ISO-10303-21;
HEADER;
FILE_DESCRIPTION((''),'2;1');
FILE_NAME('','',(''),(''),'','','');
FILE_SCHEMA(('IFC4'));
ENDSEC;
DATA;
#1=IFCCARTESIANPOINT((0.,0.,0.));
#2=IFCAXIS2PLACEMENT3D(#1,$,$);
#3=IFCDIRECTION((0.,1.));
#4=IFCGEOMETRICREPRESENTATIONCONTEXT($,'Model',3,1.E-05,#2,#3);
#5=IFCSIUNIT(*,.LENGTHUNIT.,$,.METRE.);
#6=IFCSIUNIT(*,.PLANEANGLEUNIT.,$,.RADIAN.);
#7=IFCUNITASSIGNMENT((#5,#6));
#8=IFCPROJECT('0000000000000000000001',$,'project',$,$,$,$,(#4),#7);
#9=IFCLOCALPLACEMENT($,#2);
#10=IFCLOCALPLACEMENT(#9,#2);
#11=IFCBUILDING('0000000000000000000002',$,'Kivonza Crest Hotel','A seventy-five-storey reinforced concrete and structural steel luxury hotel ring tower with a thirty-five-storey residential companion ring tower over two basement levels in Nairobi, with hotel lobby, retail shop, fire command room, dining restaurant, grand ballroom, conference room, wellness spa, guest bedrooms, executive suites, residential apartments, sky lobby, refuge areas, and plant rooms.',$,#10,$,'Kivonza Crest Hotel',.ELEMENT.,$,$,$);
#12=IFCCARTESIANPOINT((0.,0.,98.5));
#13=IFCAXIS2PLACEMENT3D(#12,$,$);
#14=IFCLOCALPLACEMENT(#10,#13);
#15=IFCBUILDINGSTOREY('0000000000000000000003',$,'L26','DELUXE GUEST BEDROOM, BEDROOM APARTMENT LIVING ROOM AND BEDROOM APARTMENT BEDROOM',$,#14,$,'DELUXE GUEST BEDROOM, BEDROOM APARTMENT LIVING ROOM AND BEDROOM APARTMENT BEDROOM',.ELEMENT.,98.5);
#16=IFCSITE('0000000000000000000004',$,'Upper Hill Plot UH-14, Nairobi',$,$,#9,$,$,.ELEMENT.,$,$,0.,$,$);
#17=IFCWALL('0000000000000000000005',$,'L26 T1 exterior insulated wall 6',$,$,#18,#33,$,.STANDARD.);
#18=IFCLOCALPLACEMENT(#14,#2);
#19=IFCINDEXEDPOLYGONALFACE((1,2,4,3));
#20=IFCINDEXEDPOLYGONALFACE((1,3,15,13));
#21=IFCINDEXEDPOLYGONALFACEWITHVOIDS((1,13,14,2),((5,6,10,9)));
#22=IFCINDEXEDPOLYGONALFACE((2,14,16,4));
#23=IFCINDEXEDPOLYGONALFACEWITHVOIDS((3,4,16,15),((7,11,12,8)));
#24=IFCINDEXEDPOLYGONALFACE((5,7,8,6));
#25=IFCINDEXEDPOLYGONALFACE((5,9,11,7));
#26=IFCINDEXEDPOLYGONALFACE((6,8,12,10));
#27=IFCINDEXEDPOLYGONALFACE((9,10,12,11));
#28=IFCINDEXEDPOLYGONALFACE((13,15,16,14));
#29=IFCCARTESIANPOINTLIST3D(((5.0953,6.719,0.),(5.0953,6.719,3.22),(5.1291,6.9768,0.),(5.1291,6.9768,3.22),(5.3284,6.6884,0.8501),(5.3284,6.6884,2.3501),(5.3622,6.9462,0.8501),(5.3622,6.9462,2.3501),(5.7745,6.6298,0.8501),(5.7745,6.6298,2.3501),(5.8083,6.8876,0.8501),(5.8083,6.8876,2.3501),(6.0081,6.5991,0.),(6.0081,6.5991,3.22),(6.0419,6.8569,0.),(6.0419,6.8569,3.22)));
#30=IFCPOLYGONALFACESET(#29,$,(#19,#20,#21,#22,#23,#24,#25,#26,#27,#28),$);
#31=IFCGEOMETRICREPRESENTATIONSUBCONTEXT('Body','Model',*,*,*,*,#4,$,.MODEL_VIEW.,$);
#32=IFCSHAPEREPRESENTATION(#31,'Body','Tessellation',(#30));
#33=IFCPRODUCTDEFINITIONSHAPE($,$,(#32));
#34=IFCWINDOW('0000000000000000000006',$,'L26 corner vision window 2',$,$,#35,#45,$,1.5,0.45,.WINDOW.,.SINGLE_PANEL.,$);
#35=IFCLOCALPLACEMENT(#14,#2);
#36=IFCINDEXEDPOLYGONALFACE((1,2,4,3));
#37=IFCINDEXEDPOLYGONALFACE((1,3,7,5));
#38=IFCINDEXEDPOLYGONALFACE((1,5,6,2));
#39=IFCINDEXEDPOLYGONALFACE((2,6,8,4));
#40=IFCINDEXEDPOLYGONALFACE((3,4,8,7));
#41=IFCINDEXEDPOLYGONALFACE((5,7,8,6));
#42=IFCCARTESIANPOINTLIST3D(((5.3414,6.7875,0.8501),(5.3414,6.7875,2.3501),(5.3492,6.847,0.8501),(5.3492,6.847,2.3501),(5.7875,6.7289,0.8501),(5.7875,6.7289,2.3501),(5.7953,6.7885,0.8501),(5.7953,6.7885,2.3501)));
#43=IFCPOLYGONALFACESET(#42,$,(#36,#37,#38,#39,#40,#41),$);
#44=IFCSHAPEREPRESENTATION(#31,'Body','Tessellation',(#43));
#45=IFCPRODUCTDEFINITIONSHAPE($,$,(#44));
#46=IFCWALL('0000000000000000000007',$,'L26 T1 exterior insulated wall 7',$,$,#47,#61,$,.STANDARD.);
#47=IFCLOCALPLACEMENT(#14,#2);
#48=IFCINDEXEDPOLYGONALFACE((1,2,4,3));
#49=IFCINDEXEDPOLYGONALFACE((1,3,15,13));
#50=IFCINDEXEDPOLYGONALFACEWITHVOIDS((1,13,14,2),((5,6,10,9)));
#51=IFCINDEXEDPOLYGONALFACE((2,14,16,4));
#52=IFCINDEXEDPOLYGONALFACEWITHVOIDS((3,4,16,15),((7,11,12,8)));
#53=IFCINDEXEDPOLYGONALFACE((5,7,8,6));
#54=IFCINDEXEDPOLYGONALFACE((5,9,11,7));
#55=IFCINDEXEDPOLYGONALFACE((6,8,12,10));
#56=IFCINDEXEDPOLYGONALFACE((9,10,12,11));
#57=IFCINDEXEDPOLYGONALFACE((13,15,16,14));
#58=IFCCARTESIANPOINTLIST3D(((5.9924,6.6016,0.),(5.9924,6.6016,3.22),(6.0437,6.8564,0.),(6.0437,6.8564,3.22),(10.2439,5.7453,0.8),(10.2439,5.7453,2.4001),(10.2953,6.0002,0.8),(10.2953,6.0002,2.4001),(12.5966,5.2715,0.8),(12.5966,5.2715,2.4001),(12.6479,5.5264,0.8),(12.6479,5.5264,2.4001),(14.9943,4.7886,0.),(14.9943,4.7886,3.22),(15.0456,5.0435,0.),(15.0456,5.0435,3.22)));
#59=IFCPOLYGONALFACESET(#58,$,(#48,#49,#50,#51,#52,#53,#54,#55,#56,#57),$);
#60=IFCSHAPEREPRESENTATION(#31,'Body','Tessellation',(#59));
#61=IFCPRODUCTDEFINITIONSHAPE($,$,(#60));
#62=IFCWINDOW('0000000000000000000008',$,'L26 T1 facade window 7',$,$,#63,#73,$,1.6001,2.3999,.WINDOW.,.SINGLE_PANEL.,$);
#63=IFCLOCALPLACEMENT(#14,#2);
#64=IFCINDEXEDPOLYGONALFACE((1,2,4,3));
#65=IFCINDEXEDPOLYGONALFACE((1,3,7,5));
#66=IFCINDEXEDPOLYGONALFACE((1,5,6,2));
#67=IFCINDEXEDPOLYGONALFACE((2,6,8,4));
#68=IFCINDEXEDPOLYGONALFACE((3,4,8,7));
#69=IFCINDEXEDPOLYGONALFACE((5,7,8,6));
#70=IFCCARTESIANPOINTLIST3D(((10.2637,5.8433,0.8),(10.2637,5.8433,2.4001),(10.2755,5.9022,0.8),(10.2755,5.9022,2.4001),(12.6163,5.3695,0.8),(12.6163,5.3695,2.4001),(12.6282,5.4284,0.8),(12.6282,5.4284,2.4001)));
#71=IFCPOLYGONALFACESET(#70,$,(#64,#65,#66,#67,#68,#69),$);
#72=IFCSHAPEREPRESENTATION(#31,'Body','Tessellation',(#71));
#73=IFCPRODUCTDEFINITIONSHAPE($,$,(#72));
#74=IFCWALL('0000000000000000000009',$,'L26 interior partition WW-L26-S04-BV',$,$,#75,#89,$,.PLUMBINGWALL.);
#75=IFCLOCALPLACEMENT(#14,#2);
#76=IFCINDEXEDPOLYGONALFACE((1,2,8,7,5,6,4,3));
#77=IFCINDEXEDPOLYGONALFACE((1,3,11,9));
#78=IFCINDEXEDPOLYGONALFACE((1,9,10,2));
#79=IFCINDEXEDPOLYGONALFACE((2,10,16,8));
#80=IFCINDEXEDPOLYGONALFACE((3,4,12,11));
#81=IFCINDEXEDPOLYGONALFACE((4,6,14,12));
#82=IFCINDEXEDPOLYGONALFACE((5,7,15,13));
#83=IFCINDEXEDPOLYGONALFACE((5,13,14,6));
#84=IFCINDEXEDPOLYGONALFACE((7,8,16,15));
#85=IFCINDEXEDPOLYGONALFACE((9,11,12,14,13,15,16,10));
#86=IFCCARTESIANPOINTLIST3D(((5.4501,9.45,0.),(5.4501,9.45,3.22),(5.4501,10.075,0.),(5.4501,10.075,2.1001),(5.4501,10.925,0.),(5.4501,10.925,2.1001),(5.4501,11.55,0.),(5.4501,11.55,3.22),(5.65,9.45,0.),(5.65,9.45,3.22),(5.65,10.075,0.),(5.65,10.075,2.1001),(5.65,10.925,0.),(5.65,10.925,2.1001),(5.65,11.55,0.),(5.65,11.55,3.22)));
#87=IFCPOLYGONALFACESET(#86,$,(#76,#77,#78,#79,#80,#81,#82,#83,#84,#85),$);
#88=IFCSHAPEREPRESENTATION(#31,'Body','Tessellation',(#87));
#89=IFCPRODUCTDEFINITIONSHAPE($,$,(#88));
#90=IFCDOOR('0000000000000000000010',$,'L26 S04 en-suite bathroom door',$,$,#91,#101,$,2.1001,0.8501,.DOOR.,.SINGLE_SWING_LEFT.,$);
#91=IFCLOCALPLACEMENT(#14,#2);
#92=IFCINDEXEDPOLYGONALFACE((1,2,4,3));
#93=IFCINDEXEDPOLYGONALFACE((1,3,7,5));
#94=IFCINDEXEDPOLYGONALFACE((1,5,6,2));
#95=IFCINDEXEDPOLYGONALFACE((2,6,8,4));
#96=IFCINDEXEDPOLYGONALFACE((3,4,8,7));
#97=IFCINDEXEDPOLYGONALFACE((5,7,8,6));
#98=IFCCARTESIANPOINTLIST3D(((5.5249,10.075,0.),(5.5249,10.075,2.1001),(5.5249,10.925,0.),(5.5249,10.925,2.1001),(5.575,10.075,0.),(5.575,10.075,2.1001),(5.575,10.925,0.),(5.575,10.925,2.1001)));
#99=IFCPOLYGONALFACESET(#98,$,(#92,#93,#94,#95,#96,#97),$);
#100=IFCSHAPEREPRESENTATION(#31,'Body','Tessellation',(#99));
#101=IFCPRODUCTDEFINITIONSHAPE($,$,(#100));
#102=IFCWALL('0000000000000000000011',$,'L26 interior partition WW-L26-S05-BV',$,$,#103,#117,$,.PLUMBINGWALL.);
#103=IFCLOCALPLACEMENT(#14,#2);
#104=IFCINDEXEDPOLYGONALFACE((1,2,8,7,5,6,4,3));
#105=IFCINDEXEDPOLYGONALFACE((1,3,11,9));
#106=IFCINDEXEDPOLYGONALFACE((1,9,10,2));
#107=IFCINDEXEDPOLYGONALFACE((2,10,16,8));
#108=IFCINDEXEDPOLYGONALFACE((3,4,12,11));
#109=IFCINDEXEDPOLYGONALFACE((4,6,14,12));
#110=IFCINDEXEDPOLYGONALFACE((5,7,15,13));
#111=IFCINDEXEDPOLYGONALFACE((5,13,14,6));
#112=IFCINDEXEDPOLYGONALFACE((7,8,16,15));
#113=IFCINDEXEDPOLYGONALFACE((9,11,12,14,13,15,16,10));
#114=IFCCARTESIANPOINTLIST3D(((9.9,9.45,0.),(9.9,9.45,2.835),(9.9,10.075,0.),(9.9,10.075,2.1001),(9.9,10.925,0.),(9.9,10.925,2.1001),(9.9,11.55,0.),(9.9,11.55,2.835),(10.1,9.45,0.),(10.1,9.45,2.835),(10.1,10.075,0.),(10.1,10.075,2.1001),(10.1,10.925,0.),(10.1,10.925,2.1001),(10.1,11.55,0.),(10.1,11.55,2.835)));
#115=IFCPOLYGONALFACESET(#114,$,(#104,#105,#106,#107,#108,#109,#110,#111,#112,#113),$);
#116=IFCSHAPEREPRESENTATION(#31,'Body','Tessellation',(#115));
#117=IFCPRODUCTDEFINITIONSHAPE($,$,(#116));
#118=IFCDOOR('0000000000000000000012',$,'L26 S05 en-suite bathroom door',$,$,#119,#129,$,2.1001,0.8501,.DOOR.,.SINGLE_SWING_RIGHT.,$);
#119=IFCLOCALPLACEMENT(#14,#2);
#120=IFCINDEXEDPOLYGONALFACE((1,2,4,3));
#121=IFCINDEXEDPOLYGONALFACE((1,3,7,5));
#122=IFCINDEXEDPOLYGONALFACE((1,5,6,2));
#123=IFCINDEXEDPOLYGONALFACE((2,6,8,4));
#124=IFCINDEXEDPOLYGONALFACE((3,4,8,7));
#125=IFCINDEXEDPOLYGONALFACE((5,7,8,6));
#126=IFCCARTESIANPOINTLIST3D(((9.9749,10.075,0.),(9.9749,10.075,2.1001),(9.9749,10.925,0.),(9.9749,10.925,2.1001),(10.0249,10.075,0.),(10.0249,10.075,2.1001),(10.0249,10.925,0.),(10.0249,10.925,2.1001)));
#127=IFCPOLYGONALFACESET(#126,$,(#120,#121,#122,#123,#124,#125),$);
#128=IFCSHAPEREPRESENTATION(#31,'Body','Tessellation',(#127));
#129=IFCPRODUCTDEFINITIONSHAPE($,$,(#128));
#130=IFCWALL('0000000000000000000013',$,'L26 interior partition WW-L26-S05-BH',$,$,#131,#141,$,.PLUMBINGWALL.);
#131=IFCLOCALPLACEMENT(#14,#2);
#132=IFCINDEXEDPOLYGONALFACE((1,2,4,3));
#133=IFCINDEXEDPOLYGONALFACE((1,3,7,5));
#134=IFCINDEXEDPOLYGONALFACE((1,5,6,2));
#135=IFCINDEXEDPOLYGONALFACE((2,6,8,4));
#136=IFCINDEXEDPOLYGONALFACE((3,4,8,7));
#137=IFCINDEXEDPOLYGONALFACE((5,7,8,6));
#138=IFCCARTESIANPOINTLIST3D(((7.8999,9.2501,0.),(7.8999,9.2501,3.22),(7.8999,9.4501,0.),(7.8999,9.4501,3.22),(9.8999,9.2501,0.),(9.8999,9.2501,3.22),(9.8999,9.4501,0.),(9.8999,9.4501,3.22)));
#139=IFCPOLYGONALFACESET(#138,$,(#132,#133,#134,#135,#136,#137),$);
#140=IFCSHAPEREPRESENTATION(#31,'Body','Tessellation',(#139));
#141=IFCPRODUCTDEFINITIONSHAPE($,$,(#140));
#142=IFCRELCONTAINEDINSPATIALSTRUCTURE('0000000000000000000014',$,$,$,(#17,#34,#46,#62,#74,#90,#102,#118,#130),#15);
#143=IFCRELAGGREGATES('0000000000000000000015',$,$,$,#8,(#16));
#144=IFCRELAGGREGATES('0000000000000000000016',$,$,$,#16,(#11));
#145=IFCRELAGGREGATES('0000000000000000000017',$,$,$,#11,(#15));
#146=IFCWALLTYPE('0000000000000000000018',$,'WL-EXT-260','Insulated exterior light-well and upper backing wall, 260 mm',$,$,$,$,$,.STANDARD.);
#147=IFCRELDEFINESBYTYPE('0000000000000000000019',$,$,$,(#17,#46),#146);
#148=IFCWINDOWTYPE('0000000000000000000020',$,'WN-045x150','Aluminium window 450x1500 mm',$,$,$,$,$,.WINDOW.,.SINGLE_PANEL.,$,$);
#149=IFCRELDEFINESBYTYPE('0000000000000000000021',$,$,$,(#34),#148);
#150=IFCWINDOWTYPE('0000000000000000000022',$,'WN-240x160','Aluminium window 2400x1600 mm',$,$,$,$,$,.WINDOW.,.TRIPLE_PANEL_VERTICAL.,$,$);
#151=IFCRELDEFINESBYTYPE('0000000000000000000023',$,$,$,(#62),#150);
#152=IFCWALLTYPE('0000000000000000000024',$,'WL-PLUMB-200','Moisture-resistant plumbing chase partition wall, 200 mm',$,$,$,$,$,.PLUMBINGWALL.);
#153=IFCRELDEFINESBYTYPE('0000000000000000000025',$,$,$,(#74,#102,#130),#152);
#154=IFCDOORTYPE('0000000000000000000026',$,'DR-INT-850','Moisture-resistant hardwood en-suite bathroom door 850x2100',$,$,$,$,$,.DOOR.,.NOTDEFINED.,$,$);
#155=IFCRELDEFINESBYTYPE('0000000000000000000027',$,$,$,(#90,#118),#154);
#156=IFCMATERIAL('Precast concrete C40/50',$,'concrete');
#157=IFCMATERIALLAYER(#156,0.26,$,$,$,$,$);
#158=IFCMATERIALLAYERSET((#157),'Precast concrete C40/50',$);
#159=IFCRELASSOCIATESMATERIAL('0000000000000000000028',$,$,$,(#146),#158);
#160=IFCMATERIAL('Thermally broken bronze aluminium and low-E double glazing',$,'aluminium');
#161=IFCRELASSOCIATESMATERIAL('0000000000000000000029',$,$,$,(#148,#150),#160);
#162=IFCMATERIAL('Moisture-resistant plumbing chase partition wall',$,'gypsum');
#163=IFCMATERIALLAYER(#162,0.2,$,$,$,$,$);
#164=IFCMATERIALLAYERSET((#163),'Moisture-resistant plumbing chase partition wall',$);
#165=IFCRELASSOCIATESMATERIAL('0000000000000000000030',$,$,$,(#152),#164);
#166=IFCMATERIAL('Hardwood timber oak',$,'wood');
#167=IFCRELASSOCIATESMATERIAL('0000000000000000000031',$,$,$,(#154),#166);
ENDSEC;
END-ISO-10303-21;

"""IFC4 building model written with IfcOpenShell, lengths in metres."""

from ifc_helpers import new_model, si_unit, direction, frame, frame_2d, origin, place, context, subcontext, project, spatial, rectangle, extrude, material, layer, layer_set, type_object, element, fill, save


model = new_model("IFC4")

# Units and contexts
model_context = context("Model", 3, precision=1e-05, world=origin(), true_north=direction((0.0, 1.0)))
body_context = subcontext(model_context, "Body", "Model", "MODEL_VIEW")
ifc_project = project(units=[si_unit("LENGTHUNIT", "METRE"), si_unit("PLANEANGLEUNIT", "RADIAN")], contexts=[model_context])

# Site, building, storey
site_placement = place(None, origin())
site = spatial("IfcSite", under=ifc_project, at=site_placement, Name="Upper Hill Plot UH-14, Nairobi", CompositionType="ELEMENT", RefElevation=0.0)
building_placement = place(site_placement, origin())
building = spatial("IfcBuilding", under=site, at=building_placement, Name="Kivonza Crest Hotel", Description="A seventy-five-storey reinforced concrete and structural steel luxury hotel ring tower with a thirty-five-storey residential companion ring tower over two basement levels in Nairobi, with hotel lobby, retail shop, fire command room, dining restaurant, grand ballroom, conference room, wellness spa, guest bedrooms, executive suites, residential apartments, sky lobby, refuge areas, and plant rooms.", LongName="Kivonza Crest Hotel", CompositionType="ELEMENT")
storey_placement = place(building_placement, frame((0.0, 0.0, 98.5)))
storey = spatial("IfcBuildingStorey", under=building, at=storey_placement, Name="L26", Description="DELUXE GUEST BEDROOM, BEDROOM APARTMENT LIVING ROOM AND BEDROOM APARTMENT BEDROOM", LongName="DELUXE GUEST BEDROOM, BEDROOM APARTMENT LIVING ROOM AND BEDROOM APARTMENT BEDROOM", CompositionType="ELEMENT", Elevation=98.5)

# Shared definitions
ifc_material_1 = material(Name="Hardwood timber oak", Category="wood")

# Walls, openings, windows
ifc_material_2 = material(Name="Precast concrete C40/50", Category="concrete")
ifc_layer_1 = layer(ifc_material_2, 0.26)
ifc_layer_set_1 = layer_set([ifc_layer_1], Name="Precast concrete C40/50")
wall_type_1 = type_object("IfcWallType", Name="WL-EXT-260", Description="Insulated exterior light-well and upper backing wall, 260 mm", PredefinedType="STANDARD", material=ifc_layer_set_1)
wall_1_placement = place(storey_placement, frame((5.1121, 6.8479, 0.0), z_axis=(0.0, 0.0, 1.0), x_axis=(0.991488, -0.130201, 0.0)))
wall_1 = element("IfcWall", 1, at=wall_1_placement, inside=storey, type_object=wall_type_1, Name="L26 T1 exterior insulated wall 6", PredefinedType="STANDARD", context=body_context, shape_type="SweptSolid", body=[
    extrude(rectangle(XDim=0.9207, YDim=0.26, at=frame_2d((0.4604, 0.0))), origin(), (0.0, 0.0, 1.0), 3.22),
])
opening_1_placement = place(wall_1_placement, frame((0.2351, 0.0, 0.8501)))
opening_1 = element("IfcOpeningElement", 2, at=opening_1_placement, cuts=wall_1, PredefinedType="OPENING", context=body_context, shape_type="SweptSolid", body=[
    extrude(rectangle(XDim=0.45, YDim=1.5, at=frame_2d((0.2251, 0.75))), frame((0.0, 0.1401, 0.0), z_axis=(0.0, -1.0, 0.0), x_axis=(1.0, 0.0, 0.0)), (0.0, 0.0, 1.0), 0.28),
])
ifc_material_3 = material(Name="Thermally broken bronze aluminium and low-E double glazing", Category="aluminium")
window_type_1 = type_object("IfcWindowType", Name="WN-045x150", Description="Aluminium window 450x1500 mm", PartitioningType="SINGLE_PANEL", PredefinedType="WINDOW", material=ifc_material_3)
window_1_placement = place(opening_1_placement, origin())
window_1 = element("IfcWindow", 3, at=window_1_placement, inside=storey, type_object=window_type_1, Name="L26 corner vision window 2", OverallHeight=1.5, OverallWidth=0.45, PartitioningType="SINGLE_PANEL", PredefinedType="WINDOW", context=body_context, shape_type="SweptSolid", body=[
    extrude(rectangle(XDim=0.45, YDim=1.5, at=frame_2d((0.2251, 0.75))), frame((0.0, 0.03, 0.0), z_axis=(0.0, -1.0, 0.0), x_axis=(1.0, 0.0, 0.0)), (0.0, 0.0, 1.0), 0.0601),
])
fill(opening_1, window_1)
wall_2_placement = place(storey_placement, frame((6.0181, 6.729, 0.0), z_axis=(0.0, 0.0, 1.0), x_axis=(0.980316, -0.197435, 0.0)))
wall_2 = element("IfcWall", 4, at=wall_2_placement, inside=storey, type_object=wall_type_1, Name="L26 T1 exterior insulated wall 7", PredefinedType="STANDARD", context=body_context, shape_type="SweptSolid", body=[
    extrude(rectangle(XDim=9.1826, YDim=0.26, at=frame_2d((4.5913, 0.0))), origin(), (0.0, 0.0, 1.0), 3.22),
])
opening_2_placement = place(wall_2_placement, frame((4.3369, 0.0, 0.8)))
opening_2 = element("IfcOpeningElement", 5, at=opening_2_placement, cuts=wall_2, PredefinedType="OPENING", context=body_context, shape_type="SweptSolid", body=[
    extrude(rectangle(XDim=2.3999, YDim=1.6001, at=frame_2d((1.2, 0.8))), frame((0.0, 0.1401, 0.0), z_axis=(0.0, -1.0, 0.0), x_axis=(1.0, 0.0, 0.0)), (0.0, 0.0, 1.0), 0.28),
])
window_type_2 = type_object("IfcWindowType", Name="WN-240x160", Description="Aluminium window 2400x1600 mm", PartitioningType="TRIPLE_PANEL_VERTICAL", PredefinedType="WINDOW", material=ifc_material_3)
window_2_placement = place(opening_2_placement, origin())
window_2 = element("IfcWindow", 6, at=window_2_placement, inside=storey, type_object=window_type_2, Name="L26 T1 facade window 7", OverallHeight=1.6001, OverallWidth=2.3999, PartitioningType="SINGLE_PANEL", PredefinedType="WINDOW", context=body_context, shape_type="SweptSolid", body=[
    extrude(rectangle(XDim=2.3999, YDim=1.6001, at=frame_2d((1.2, 0.8))), frame((0.0, 0.03, 0.0), z_axis=(0.0, -1.0, 0.0), x_axis=(1.0, 0.0, 0.0)), (0.0, 0.0, 1.0), 0.0601),
])
fill(opening_2, window_2)

# Walls, openings, doors
ifc_material_4 = material(Name="Moisture-resistant plumbing chase partition wall", Category="gypsum")
ifc_layer_2 = layer(ifc_material_4, 0.2)
ifc_layer_set_2 = layer_set([ifc_layer_2], Name="Moisture-resistant plumbing chase partition wall")
wall_type_2 = type_object("IfcWallType", Name="WL-PLUMB-200", Description="Moisture-resistant plumbing chase partition wall, 200 mm", PredefinedType="PLUMBINGWALL", material=ifc_layer_set_2)
wall_3_placement = place(storey_placement, frame((5.55, 9.45, 0.0), z_axis=(0.0, 0.0, 1.0), x_axis=(0.0, 1.0, 0.0)))
wall_3 = element("IfcWall", 7, at=wall_3_placement, inside=storey, type_object=wall_type_2, Name="L26 interior partition WW-L26-S04-BV", PredefinedType="PLUMBINGWALL", context=body_context, shape_type="SweptSolid", body=[
    extrude(rectangle(XDim=2.1001, YDim=0.2, at=frame_2d((1.05, 0.0))), origin(), (0.0, 0.0, 1.0), 3.22),
])
opening_3_placement = place(wall_3_placement, frame((0.625, 0.0, 0.0)))
opening_3 = element("IfcOpeningElement", 8, at=opening_3_placement, cuts=wall_3, PredefinedType="OPENING", context=body_context, shape_type="SweptSolid", body=[
    extrude(rectangle(XDim=0.8501, YDim=2.1001, at=frame_2d((0.425, 1.05))), frame((0.0, 0.1099, 0.0), z_axis=(0.0, -1.0, 0.0), x_axis=(1.0, 0.0, 0.0)), (0.0, 0.0, 1.0), 0.22),
])
door_type_1 = type_object("IfcDoorType", Name="DR-INT-850", Description="Moisture-resistant hardwood en-suite bathroom door 850x2100", OperationType="NOTDEFINED", PredefinedType="DOOR", material=ifc_material_1)
door_1_placement = place(opening_3_placement, frame((0.8501, 0.0, 0.0), z_axis=(0.0, 0.0, 1.0), x_axis=(-1.0, 0.0, 0.0)))
door_1 = element("IfcDoor", 9, at=door_1_placement, inside=storey, type_object=door_type_1, Name="L26 S04 en-suite bathroom door", OperationType="SINGLE_SWING_LEFT", OverallHeight=2.1001, OverallWidth=0.8501, PredefinedType="DOOR", context=body_context, shape_type="SweptSolid", body=[
    extrude(rectangle(XDim=0.8501, YDim=2.1001, at=frame_2d((0.425, 1.05))), frame((0.0, 0.0249, 0.0), z_axis=(0.0, -1.0, 0.0), x_axis=(1.0, 0.0, 0.0)), (0.0, 0.0, 1.0), 0.05),
])
fill(opening_3, door_1)
wall_4_placement = place(storey_placement, frame((10.0, 9.45, 0.0), z_axis=(0.0, 0.0, 1.0), x_axis=(0.0, 1.0, 0.0)))
wall_4 = element("IfcWall", 10, at=wall_4_placement, inside=storey, type_object=wall_type_2, Name="L26 interior partition WW-L26-S05-BV", PredefinedType="PLUMBINGWALL", context=body_context, shape_type="SweptSolid", body=[
    extrude(rectangle(XDim=2.1001, YDim=0.2, at=frame_2d((1.05, 0.0))), origin(), (0.0, 0.0, 1.0), 2.835),
])
opening_4_placement = place(wall_4_placement, frame((0.625, 0.0, 0.0)))
opening_4 = element("IfcOpeningElement", 11, at=opening_4_placement, cuts=wall_4, PredefinedType="OPENING", context=body_context, shape_type="SweptSolid", body=[
    extrude(rectangle(XDim=0.8501, YDim=2.1001, at=frame_2d((0.425, 1.05))), frame((0.0, 0.1099, 0.0), z_axis=(0.0, -1.0, 0.0), x_axis=(1.0, 0.0, 0.0)), (0.0, 0.0, 1.0), 0.22),
])
door_2_placement = place(opening_4_placement, frame((0.8501, 0.0, 0.0), z_axis=(0.0, 0.0, 1.0), x_axis=(-1.0, 0.0, 0.0)))
door_2 = element("IfcDoor", 12, at=door_2_placement, inside=storey, type_object=door_type_1, Name="L26 S05 en-suite bathroom door", OperationType="SINGLE_SWING_RIGHT", OverallHeight=2.1001, OverallWidth=0.8501, PredefinedType="DOOR", context=body_context, shape_type="SweptSolid", body=[
    extrude(rectangle(XDim=0.8501, YDim=2.1001, at=frame_2d((0.425, 1.05))), frame((0.0, 0.0249, 0.0), z_axis=(0.0, -1.0, 0.0), x_axis=(1.0, 0.0, 0.0)), (0.0, 0.0, 1.0), 0.05),
])
fill(opening_4, door_2)

# Wall
wall_5_placement = place(storey_placement, frame((7.8999, 9.3501, 0.0), z_axis=(0.0, 0.0, 1.0), x_axis=(1.0, 0.0, 0.0)))
element("IfcWall", 13, at=wall_5_placement, inside=storey, type_object=wall_type_2, Name="L26 interior partition WW-L26-S05-BH", PredefinedType="PLUMBINGWALL", context=body_context, shape_type="SweptSolid", body=[
    extrude(rectangle(XDim=2.0, YDim=0.2, at=frame_2d((1.0, 0.0))), origin(), (0.0, 0.0, 1.0), 3.22),
])

save(model, "model.ifc")
